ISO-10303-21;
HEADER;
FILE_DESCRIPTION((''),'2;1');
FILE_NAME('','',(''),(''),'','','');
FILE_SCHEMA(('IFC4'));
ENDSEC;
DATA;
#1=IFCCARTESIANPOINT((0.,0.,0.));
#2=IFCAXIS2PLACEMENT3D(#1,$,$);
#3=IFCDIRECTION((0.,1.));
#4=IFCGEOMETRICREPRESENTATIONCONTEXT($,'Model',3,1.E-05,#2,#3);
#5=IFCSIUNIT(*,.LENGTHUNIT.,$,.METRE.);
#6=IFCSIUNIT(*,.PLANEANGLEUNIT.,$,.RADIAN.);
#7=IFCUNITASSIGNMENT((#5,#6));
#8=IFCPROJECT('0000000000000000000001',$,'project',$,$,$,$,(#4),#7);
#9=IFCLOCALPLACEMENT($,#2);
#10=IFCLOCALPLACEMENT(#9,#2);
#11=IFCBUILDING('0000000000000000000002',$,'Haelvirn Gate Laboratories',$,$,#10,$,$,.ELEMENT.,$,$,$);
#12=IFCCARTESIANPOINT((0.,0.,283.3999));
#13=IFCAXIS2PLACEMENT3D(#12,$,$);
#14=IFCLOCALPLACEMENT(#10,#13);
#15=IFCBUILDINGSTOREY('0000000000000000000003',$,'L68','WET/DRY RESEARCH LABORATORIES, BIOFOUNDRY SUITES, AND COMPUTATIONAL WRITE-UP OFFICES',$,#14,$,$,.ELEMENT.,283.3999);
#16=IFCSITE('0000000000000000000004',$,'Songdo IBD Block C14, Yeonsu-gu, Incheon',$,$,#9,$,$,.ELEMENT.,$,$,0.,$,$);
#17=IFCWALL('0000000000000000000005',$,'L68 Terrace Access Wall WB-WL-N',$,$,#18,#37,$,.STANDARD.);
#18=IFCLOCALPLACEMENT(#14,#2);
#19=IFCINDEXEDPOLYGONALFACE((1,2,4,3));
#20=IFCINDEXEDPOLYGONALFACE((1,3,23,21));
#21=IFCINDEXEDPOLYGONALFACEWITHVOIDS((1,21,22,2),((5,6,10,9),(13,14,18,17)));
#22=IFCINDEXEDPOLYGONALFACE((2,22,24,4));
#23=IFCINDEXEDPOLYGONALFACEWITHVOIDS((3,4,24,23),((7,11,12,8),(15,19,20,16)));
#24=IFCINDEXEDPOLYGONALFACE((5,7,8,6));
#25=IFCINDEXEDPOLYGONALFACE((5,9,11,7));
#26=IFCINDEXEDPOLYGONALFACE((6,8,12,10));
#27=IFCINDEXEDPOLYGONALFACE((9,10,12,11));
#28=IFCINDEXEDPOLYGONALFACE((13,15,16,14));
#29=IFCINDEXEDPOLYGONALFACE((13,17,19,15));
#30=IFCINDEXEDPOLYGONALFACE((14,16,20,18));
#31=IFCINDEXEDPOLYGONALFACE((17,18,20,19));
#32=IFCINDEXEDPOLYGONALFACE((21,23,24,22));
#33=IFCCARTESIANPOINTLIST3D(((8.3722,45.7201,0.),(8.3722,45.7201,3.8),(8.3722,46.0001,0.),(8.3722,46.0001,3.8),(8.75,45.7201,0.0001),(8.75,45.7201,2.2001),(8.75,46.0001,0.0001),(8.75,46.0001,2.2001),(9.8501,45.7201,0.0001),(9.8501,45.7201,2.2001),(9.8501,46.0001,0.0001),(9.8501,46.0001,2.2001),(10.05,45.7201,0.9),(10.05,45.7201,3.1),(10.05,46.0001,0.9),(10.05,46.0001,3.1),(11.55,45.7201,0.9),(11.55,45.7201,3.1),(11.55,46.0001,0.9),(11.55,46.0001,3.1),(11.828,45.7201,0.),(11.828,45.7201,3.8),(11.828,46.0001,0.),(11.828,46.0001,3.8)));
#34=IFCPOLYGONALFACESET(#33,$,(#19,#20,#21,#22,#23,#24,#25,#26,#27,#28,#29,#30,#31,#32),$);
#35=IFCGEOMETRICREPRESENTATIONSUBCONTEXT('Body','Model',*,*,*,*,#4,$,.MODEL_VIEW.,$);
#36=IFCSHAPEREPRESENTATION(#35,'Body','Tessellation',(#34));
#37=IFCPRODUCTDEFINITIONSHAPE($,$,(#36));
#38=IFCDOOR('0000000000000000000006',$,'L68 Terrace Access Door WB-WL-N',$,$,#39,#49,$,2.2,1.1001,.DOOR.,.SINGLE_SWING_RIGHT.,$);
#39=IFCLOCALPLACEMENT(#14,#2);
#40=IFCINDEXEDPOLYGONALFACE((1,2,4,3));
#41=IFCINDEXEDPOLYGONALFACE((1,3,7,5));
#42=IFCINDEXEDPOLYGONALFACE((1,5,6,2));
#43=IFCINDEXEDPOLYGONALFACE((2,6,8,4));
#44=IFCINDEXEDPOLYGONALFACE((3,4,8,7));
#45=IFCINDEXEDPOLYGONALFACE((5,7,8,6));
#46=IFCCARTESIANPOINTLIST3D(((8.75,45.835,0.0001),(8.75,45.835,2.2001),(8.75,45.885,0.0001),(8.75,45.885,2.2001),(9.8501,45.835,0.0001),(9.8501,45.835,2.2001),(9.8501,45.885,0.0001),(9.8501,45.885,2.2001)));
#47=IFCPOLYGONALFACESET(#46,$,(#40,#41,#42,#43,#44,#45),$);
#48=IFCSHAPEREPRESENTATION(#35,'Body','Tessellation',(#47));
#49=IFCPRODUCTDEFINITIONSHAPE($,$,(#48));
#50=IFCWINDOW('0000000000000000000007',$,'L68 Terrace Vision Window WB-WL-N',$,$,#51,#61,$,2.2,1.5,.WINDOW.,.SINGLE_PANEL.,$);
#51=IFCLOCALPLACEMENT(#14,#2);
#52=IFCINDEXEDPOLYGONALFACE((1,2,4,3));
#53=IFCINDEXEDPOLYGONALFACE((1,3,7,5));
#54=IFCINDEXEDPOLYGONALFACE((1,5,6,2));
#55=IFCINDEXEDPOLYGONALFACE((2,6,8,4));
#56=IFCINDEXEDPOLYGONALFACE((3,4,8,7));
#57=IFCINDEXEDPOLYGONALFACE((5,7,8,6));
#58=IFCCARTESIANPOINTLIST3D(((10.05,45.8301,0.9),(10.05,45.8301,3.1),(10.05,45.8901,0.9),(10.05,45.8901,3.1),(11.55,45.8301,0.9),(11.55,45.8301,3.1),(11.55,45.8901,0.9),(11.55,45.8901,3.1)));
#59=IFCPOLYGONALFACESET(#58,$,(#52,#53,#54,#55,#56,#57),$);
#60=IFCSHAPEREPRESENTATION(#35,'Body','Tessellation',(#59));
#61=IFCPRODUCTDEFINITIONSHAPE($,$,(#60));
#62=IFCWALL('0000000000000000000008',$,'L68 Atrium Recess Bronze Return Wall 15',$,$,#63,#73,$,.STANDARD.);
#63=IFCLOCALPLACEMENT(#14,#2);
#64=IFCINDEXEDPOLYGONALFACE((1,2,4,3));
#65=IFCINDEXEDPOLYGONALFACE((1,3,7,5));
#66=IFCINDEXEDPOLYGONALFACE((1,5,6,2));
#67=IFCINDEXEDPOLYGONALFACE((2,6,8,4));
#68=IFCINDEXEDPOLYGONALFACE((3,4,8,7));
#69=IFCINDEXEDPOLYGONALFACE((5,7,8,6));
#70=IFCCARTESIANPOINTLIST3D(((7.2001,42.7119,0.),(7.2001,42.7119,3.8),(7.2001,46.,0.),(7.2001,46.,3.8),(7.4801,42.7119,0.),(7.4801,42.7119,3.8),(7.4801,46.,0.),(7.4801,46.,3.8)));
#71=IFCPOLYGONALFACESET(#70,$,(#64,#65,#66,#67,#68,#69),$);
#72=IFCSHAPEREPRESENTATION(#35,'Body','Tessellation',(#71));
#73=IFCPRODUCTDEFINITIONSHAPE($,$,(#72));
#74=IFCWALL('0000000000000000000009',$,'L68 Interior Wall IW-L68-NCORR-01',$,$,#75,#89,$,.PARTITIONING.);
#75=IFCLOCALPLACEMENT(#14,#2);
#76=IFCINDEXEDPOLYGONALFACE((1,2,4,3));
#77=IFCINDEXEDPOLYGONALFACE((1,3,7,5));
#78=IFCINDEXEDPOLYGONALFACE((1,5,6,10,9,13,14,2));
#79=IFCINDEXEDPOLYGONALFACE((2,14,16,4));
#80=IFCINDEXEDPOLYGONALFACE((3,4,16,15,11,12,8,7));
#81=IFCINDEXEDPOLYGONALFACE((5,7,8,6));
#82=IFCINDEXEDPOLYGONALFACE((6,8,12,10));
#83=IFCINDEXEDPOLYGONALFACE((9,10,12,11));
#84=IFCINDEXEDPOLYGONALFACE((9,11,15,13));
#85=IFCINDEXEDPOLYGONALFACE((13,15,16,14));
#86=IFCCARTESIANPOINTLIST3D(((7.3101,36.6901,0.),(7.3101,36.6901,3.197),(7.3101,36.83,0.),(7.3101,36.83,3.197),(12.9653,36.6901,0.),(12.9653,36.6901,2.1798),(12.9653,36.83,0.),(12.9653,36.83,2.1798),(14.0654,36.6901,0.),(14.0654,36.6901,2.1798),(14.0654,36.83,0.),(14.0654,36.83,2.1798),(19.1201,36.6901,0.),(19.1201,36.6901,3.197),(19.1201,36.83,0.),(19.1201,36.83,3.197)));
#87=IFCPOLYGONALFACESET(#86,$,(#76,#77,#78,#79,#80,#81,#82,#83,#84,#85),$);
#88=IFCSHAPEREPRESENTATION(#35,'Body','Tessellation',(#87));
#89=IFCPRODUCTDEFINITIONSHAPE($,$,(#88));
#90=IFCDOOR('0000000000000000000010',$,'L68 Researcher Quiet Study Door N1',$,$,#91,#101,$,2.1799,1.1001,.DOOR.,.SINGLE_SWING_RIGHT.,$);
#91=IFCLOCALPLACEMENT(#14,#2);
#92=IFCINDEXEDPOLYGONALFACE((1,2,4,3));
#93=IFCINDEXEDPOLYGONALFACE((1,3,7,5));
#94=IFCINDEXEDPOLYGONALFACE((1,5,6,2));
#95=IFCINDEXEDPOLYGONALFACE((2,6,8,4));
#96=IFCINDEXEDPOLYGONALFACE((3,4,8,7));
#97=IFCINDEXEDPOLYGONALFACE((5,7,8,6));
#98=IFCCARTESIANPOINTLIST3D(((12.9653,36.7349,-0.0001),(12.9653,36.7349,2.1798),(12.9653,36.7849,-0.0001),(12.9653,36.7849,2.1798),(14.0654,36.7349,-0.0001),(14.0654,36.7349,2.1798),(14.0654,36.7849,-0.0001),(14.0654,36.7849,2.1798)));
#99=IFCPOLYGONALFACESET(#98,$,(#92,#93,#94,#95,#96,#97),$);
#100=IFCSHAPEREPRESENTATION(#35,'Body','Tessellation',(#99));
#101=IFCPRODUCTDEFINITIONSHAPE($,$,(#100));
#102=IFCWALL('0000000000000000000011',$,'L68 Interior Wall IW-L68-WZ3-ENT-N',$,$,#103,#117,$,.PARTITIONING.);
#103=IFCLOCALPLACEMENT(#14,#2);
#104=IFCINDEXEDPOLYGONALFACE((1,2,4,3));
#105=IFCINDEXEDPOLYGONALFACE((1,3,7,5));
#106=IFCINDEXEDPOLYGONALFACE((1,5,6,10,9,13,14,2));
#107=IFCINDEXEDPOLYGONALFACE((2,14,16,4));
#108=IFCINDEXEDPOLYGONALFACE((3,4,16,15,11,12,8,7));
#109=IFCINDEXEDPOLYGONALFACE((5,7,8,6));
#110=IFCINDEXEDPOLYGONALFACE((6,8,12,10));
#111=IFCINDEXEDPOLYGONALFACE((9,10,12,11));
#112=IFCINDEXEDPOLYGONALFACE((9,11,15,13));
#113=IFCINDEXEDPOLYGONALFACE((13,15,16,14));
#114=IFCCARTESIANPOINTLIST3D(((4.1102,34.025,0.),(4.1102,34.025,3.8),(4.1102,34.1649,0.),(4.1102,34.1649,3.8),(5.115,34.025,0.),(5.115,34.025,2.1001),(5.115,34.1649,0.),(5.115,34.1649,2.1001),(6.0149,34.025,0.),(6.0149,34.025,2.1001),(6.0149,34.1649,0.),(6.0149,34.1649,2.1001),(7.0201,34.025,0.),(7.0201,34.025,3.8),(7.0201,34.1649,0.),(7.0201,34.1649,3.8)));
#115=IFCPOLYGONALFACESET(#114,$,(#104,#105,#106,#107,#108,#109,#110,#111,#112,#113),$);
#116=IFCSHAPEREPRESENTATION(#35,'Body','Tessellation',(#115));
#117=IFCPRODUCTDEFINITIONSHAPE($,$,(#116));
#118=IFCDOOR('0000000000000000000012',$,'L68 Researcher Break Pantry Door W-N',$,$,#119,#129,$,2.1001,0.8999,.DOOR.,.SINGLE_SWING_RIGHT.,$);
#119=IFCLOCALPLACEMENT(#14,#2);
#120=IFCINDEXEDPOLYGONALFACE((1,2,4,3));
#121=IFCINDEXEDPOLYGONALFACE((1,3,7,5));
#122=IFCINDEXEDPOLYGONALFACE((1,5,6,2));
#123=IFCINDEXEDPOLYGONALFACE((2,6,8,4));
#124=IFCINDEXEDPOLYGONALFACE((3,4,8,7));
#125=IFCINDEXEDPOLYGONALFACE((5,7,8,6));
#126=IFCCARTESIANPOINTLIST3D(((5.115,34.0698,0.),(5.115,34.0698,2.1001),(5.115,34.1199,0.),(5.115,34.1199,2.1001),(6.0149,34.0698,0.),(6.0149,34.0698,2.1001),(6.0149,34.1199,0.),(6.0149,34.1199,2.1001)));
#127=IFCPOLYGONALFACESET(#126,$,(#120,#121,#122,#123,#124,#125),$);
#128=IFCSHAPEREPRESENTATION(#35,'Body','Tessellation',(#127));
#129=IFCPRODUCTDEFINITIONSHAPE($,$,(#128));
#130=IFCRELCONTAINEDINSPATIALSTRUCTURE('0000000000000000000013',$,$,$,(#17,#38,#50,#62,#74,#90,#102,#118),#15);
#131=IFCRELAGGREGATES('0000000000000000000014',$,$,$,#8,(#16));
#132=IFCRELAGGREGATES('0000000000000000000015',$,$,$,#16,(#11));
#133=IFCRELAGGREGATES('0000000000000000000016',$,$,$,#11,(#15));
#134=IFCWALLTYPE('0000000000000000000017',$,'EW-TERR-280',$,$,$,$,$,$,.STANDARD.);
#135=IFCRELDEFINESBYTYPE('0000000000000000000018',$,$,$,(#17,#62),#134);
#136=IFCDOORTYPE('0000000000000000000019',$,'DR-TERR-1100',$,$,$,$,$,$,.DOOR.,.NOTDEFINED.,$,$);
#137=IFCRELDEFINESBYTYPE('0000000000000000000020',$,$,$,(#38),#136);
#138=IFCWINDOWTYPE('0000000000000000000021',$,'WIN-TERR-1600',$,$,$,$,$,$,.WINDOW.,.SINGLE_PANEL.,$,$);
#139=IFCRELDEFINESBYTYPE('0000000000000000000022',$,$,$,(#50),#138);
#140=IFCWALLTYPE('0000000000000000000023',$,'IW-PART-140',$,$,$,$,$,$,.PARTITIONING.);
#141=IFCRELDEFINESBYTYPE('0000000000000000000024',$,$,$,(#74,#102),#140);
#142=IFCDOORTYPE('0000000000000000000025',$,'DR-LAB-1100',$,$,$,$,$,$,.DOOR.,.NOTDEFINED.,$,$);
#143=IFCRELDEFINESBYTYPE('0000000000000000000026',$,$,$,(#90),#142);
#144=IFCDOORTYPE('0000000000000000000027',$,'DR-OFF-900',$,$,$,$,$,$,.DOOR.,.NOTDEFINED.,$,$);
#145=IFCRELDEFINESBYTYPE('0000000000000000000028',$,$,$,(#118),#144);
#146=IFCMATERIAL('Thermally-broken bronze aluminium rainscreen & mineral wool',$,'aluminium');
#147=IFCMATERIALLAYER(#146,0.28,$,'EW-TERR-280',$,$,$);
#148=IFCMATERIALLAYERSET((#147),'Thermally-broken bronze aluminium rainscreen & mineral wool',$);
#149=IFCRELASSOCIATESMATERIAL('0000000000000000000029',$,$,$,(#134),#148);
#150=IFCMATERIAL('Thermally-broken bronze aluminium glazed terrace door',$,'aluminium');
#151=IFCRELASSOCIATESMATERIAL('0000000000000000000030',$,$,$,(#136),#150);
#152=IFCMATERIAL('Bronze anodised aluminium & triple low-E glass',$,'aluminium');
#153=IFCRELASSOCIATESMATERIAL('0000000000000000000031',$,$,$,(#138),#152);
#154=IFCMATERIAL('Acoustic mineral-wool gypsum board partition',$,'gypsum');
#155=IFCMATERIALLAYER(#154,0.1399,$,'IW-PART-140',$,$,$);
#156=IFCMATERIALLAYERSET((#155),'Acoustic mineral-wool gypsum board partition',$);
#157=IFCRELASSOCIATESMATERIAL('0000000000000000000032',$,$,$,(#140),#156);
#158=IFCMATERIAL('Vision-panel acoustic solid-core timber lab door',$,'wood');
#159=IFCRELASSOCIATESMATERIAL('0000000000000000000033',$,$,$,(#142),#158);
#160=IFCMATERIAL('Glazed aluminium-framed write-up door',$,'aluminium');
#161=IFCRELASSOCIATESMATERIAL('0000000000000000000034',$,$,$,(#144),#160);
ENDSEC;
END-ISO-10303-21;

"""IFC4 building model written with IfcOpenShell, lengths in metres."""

from ifc_helpers import new_model, si_unit, direction, frame, frame_2d, origin, place, context, subcontext, project, spatial, rectangle, extrude, source, transform, mapped, material, layer, layer_set, type_object, type_shapes, element, fill, save


model = new_model("IFC4")

# Units and contexts
model_context = context("Model", 3, precision=1e-05, world=origin(), true_north=direction((0.0, 1.0)))
body_context = subcontext(model_context, "Body", "Model", "MODEL_VIEW")
ifc_project = project(units=[si_unit("LENGTHUNIT", "METRE"), si_unit("PLANEANGLEUNIT", "RADIAN")], contexts=[model_context])

# Site, building, storey
site_placement = place(None, origin())
site = spatial("IfcSite", under=ifc_project, at=site_placement, Name="Songdo IBD Block C14, Yeonsu-gu, Incheon", CompositionType="ELEMENT", RefElevation=0.0)
building_placement = place(site_placement, origin())
building = spatial("IfcBuilding", under=site, at=building_placement, Name="Haelvirn Gate Laboratories", CompositionType="ELEMENT")
storey_placement = place(building_placement, frame((0.0, 0.0, 283.3999)))
storey = spatial("IfcBuildingStorey", under=building, at=storey_placement, Name="L68", Description="WET/DRY RESEARCH LABORATORIES, BIOFOUNDRY SUITES, AND COMPUTATIONAL WRITE-UP OFFICES", CompositionType="ELEMENT", Elevation=283.3999)

# Wall, openings, door, window
ifc_material_1 = material(Name="Thermally-broken bronze aluminium rainscreen & mineral wool", Category="aluminium")
ifc_layer_1 = layer(ifc_material_1, 0.28, Name="EW-TERR-280")
ifc_layer_set_1 = layer_set([ifc_layer_1], Name="Thermally-broken bronze aluminium rainscreen & mineral wool")
wall_type_1 = type_object("IfcWallType", Name="EW-TERR-280", PredefinedType="STANDARD", material=ifc_layer_set_1)
wall_1_placement = place(storey_placement, frame((8.3721, 45.8601, 0.0), z_axis=(0.0, 0.0, 1.0), x_axis=(1.0, 0.0, 0.0)))
wall_1 = element("IfcWall", 1, at=wall_1_placement, inside=storey, type_object=wall_type_1, Name="L68 Terrace Access Wall WB-WL-N", PredefinedType="STANDARD", context=body_context, shape_type="SweptSolid", body=[
    extrude(rectangle(XDim=3.4558, YDim=0.28, at=frame_2d((1.728, 0.0))), origin(), (0.0, 0.0, 1.0), 3.8),
])
opening_1_placement = place(wall_1_placement, frame((0.3779, 0.0, 0.0)))
opening_1 = element("IfcOpeningElement", 2, at=opening_1_placement, cuts=wall_1, PredefinedType="OPENING", context=body_context, shape_type="SweptSolid", body=[
    extrude(rectangle(XDim=1.1001, YDim=2.2, at=frame_2d((0.55, 1.1001))), frame((0.0, 0.1499, 0.0), z_axis=(0.0, -1.0, 0.0), x_axis=(1.0, 0.0, 0.0)), (0.0, 0.0, 1.0), 0.3),
])
opening_2_placement = place(wall_1_placement, frame((1.678, 0.0, 0.8999)))
opening_2 = element("IfcOpeningElement", 3, at=opening_2_placement, cuts=wall_1, PredefinedType="OPENING", context=body_context, shape_type="SweptSolid", body=[
    extrude(rectangle(XDim=1.5, YDim=2.2, at=frame_2d((0.75, 1.1001))), frame((0.0, 0.1499, 0.0), z_axis=(0.0, -1.0, 0.0), x_axis=(1.0, 0.0, 0.0)), (0.0, 0.0, 1.0), 0.3),
])
ifc_material_2 = material(Name="Thermally-broken bronze aluminium glazed terrace door", Category="aluminium")
door_type_1 = type_object("IfcDoorType", Name="DR-TERR-1100", OperationType="NOTDEFINED", PredefinedType="DOOR", material=ifc_material_2)
shared_shape_1 = source(origin(), body_context, "Body", "SweptSolid", [
    extrude(rectangle(XDim=1.1001, YDim=2.2, at=frame_2d((0.55, 1.1001))), frame((0.0, 0.0249, 0.0), z_axis=(0.0, -1.0, 0.0), x_axis=(1.0, 0.0, 0.0)), (0.0, 0.0, 1.0), 0.05),
])
type_shapes(door_type_1, [shared_shape_1])
door_1_placement = place(opening_1_placement, origin())
door_1 = element("IfcDoor", 4, at=door_1_placement, inside=storey, type_object=door_type_1, Name="L68 Terrace Access Door WB-WL-N", OperationType="SINGLE_SWING_RIGHT", OverallHeight=2.2, OverallWidth=1.1001, PredefinedType="DOOR", context=body_context, shape_type="MappedRepresentation", body=[
    mapped(shared_shape_1, transform((0.0, 0.0, 0.0), scale=1.0)),
])
fill(opening_1, door_1)
ifc_material_3 = material(Name="Bronze anodised aluminium & triple low-E glass", Category="aluminium")
window_type = type_object("IfcWindowType", Name="WIN-TERR-1600", PartitioningType="SINGLE_PANEL", PredefinedType="WINDOW", material=ifc_material_3)
shared_shape_2 = source(origin(), body_context, "Body", "SweptSolid", [
    extrude(rectangle(XDim=1.5, YDim=2.2, at=frame_2d((0.75, 1.1001))), frame((0.0, 0.03, 0.0), z_axis=(0.0, -1.0, 0.0), x_axis=(1.0, 0.0, 0.0)), (0.0, 0.0, 1.0), 0.0601),
])
type_shapes(window_type, [shared_shape_2])
window_placement = place(opening_2_placement, origin())
window = element("IfcWindow", 5, at=window_placement, inside=storey, type_object=window_type, Name="L68 Terrace Vision Window WB-WL-N", OverallHeight=2.2, OverallWidth=1.5, PartitioningType="SINGLE_PANEL", PredefinedType="WINDOW", context=body_context, shape_type="MappedRepresentation", body=[
    mapped(shared_shape_2, transform((0.0, 0.0, 0.0), scale=1.0)),
])
fill(opening_2, window)

# Wall
wall_2_placement = place(storey_placement, frame((7.3401, 46.0, 0.0), z_axis=(0.0, 0.0, 1.0), x_axis=(0.0, -1.0, 0.0)))
element("IfcWall", 6, at=wall_2_placement, inside=storey, type_object=wall_type_1, Name="L68 Atrium Recess Bronze Return Wall 15", PredefinedType="STANDARD", context=body_context, shape_type="SweptSolid", body=[
    extrude(rectangle(XDim=3.2881, YDim=0.28, at=frame_2d((1.644, 0.0))), origin(), (0.0, 0.0, 1.0), 3.8),
])

# Walls, openings, doors
ifc_material_4 = material(Name="Acoustic mineral-wool gypsum board partition", Category="gypsum")
ifc_layer_2 = layer(ifc_material_4, 0.1399, Name="IW-PART-140")
ifc_layer_set_2 = layer_set([ifc_layer_2], Name="Acoustic mineral-wool gypsum board partition")
wall_type_2 = type_object("IfcWallType", Name="IW-PART-140", PredefinedType="PARTITIONING", material=ifc_layer_set_2)
wall_3_placement = place(storey_placement, frame((7.3101, 36.76, 0.0), z_axis=(0.0, 0.0, 1.0), x_axis=(1.0, 0.0, 0.0)))
wall_3 = element("IfcWall", 7, at=wall_3_placement, inside=storey, type_object=wall_type_2, Name="L68 Interior Wall IW-L68-NCORR-01", PredefinedType="PARTITIONING", context=body_context, shape_type="SweptSolid", body=[
    extrude(rectangle(XDim=11.8101, YDim=0.1399, at=frame_2d((5.905, 0.0))), origin(), (0.0, 0.0, 1.0), 3.197),
])
opening_3_placement = place(wall_3_placement, frame((5.6553, 0.0, 0.0)))
opening_3 = element("IfcOpeningElement", 8, at=opening_3_placement, cuts=wall_3, PredefinedType="OPENING", context=body_context, shape_type="SweptSolid", body=[
    extrude(rectangle(XDim=1.1001, YDim=2.1799, at=frame_2d((0.55, 1.0898))), frame((0.0, 0.0801, 0.0), z_axis=(0.0, -1.0, 0.0), x_axis=(1.0, 0.0, 0.0)), (0.0, 0.0, 1.0), 0.1599),
])
ifc_material_5 = material(Name="Vision-panel acoustic solid-core timber lab door", Category="wood")
door_type_2 = type_object("IfcDoorType", Name="DR-LAB-1100", OperationType="NOTDEFINED", PredefinedType="DOOR", material=ifc_material_5)
shared_shape_3 = source(origin(), body_context, "Body", "SweptSolid", [
    extrude(rectangle(XDim=1.1001, YDim=2.1799, at=frame_2d((0.55, 1.0898))), frame((0.0, 0.0249, 0.0), z_axis=(0.0, -1.0, 0.0), x_axis=(1.0, 0.0, 0.0)), (0.0, 0.0, 1.0), 0.05),
])
type_shapes(door_type_2, [shared_shape_3])
door_2_placement = place(opening_3_placement, origin())
door_2 = element("IfcDoor", 9, at=door_2_placement, inside=storey, type_object=door_type_2, Name="L68 Researcher Quiet Study Door N1", OperationType="SINGLE_SWING_RIGHT", OverallHeight=2.1799, OverallWidth=1.1001, PredefinedType="DOOR", context=body_context, shape_type="MappedRepresentation", body=[
    mapped(shared_shape_3, transform((0.0, 0.0, 0.0), scale=1.0)),
])
fill(opening_3, door_2)
wall_4_placement = place(storey_placement, frame((4.1101, 34.095, 0.0), z_axis=(0.0, 0.0, 1.0), x_axis=(1.0, 0.0, 0.0)))
wall_4 = element("IfcWall", 10, at=wall_4_placement, inside=storey, type_object=wall_type_2, Name="L68 Interior Wall IW-L68-WZ3-ENT-N", PredefinedType="PARTITIONING", context=body_context, shape_type="SweptSolid", body=[
    extrude(rectangle(XDim=2.9099, YDim=0.1399, at=frame_2d((1.4551, 0.0))), origin(), (0.0, 0.0, 1.0), 3.8),
])
opening_4_placement = place(wall_4_placement, frame((1.0049, 0.0, 0.0)))
opening_4 = element("IfcOpeningElement", 11, at=opening_4_placement, cuts=wall_4, PredefinedType="OPENING", context=body_context, shape_type="SweptSolid", body=[
    extrude(rectangle(XDim=0.8999, YDim=2.1001, at=frame_2d((0.45, 1.05))), frame((0.0, 0.0801, 0.0), z_axis=(0.0, -1.0, 0.0), x_axis=(1.0, 0.0, 0.0)), (0.0, 0.0, 1.0), 0.1599),
])
ifc_material_6 = material(Name="Glazed aluminium-framed write-up door", Category="aluminium")
door_type_3 = type_object("IfcDoorType", Name="DR-OFF-900", OperationType="NOTDEFINED", PredefinedType="DOOR", material=ifc_material_6)
shared_shape_4 = source(origin(), body_context, "Body", "SweptSolid", [
    extrude(rectangle(XDim=0.8999, YDim=2.1001, at=frame_2d((0.45, 1.05))), frame((0.0, 0.0249, 0.0), z_axis=(0.0, -1.0, 0.0), x_axis=(1.0, 0.0, 0.0)), (0.0, 0.0, 1.0), 0.05),
])
type_shapes(door_type_3, [shared_shape_4])
door_3_placement = place(opening_4_placement, origin())
door_3 = element("IfcDoor", 12, at=door_3_placement, inside=storey, type_object=door_type_3, Name="L68 Researcher Break Pantry Door W-N", OperationType="SINGLE_SWING_RIGHT", OverallHeight=2.1001, OverallWidth=0.8999, PredefinedType="DOOR", context=body_context, shape_type="MappedRepresentation", body=[
    mapped(shared_shape_4, transform((0.0, 0.0, 0.0), scale=1.0)),
])
fill(opening_4, door_3)

save(model, "model.ifc")
